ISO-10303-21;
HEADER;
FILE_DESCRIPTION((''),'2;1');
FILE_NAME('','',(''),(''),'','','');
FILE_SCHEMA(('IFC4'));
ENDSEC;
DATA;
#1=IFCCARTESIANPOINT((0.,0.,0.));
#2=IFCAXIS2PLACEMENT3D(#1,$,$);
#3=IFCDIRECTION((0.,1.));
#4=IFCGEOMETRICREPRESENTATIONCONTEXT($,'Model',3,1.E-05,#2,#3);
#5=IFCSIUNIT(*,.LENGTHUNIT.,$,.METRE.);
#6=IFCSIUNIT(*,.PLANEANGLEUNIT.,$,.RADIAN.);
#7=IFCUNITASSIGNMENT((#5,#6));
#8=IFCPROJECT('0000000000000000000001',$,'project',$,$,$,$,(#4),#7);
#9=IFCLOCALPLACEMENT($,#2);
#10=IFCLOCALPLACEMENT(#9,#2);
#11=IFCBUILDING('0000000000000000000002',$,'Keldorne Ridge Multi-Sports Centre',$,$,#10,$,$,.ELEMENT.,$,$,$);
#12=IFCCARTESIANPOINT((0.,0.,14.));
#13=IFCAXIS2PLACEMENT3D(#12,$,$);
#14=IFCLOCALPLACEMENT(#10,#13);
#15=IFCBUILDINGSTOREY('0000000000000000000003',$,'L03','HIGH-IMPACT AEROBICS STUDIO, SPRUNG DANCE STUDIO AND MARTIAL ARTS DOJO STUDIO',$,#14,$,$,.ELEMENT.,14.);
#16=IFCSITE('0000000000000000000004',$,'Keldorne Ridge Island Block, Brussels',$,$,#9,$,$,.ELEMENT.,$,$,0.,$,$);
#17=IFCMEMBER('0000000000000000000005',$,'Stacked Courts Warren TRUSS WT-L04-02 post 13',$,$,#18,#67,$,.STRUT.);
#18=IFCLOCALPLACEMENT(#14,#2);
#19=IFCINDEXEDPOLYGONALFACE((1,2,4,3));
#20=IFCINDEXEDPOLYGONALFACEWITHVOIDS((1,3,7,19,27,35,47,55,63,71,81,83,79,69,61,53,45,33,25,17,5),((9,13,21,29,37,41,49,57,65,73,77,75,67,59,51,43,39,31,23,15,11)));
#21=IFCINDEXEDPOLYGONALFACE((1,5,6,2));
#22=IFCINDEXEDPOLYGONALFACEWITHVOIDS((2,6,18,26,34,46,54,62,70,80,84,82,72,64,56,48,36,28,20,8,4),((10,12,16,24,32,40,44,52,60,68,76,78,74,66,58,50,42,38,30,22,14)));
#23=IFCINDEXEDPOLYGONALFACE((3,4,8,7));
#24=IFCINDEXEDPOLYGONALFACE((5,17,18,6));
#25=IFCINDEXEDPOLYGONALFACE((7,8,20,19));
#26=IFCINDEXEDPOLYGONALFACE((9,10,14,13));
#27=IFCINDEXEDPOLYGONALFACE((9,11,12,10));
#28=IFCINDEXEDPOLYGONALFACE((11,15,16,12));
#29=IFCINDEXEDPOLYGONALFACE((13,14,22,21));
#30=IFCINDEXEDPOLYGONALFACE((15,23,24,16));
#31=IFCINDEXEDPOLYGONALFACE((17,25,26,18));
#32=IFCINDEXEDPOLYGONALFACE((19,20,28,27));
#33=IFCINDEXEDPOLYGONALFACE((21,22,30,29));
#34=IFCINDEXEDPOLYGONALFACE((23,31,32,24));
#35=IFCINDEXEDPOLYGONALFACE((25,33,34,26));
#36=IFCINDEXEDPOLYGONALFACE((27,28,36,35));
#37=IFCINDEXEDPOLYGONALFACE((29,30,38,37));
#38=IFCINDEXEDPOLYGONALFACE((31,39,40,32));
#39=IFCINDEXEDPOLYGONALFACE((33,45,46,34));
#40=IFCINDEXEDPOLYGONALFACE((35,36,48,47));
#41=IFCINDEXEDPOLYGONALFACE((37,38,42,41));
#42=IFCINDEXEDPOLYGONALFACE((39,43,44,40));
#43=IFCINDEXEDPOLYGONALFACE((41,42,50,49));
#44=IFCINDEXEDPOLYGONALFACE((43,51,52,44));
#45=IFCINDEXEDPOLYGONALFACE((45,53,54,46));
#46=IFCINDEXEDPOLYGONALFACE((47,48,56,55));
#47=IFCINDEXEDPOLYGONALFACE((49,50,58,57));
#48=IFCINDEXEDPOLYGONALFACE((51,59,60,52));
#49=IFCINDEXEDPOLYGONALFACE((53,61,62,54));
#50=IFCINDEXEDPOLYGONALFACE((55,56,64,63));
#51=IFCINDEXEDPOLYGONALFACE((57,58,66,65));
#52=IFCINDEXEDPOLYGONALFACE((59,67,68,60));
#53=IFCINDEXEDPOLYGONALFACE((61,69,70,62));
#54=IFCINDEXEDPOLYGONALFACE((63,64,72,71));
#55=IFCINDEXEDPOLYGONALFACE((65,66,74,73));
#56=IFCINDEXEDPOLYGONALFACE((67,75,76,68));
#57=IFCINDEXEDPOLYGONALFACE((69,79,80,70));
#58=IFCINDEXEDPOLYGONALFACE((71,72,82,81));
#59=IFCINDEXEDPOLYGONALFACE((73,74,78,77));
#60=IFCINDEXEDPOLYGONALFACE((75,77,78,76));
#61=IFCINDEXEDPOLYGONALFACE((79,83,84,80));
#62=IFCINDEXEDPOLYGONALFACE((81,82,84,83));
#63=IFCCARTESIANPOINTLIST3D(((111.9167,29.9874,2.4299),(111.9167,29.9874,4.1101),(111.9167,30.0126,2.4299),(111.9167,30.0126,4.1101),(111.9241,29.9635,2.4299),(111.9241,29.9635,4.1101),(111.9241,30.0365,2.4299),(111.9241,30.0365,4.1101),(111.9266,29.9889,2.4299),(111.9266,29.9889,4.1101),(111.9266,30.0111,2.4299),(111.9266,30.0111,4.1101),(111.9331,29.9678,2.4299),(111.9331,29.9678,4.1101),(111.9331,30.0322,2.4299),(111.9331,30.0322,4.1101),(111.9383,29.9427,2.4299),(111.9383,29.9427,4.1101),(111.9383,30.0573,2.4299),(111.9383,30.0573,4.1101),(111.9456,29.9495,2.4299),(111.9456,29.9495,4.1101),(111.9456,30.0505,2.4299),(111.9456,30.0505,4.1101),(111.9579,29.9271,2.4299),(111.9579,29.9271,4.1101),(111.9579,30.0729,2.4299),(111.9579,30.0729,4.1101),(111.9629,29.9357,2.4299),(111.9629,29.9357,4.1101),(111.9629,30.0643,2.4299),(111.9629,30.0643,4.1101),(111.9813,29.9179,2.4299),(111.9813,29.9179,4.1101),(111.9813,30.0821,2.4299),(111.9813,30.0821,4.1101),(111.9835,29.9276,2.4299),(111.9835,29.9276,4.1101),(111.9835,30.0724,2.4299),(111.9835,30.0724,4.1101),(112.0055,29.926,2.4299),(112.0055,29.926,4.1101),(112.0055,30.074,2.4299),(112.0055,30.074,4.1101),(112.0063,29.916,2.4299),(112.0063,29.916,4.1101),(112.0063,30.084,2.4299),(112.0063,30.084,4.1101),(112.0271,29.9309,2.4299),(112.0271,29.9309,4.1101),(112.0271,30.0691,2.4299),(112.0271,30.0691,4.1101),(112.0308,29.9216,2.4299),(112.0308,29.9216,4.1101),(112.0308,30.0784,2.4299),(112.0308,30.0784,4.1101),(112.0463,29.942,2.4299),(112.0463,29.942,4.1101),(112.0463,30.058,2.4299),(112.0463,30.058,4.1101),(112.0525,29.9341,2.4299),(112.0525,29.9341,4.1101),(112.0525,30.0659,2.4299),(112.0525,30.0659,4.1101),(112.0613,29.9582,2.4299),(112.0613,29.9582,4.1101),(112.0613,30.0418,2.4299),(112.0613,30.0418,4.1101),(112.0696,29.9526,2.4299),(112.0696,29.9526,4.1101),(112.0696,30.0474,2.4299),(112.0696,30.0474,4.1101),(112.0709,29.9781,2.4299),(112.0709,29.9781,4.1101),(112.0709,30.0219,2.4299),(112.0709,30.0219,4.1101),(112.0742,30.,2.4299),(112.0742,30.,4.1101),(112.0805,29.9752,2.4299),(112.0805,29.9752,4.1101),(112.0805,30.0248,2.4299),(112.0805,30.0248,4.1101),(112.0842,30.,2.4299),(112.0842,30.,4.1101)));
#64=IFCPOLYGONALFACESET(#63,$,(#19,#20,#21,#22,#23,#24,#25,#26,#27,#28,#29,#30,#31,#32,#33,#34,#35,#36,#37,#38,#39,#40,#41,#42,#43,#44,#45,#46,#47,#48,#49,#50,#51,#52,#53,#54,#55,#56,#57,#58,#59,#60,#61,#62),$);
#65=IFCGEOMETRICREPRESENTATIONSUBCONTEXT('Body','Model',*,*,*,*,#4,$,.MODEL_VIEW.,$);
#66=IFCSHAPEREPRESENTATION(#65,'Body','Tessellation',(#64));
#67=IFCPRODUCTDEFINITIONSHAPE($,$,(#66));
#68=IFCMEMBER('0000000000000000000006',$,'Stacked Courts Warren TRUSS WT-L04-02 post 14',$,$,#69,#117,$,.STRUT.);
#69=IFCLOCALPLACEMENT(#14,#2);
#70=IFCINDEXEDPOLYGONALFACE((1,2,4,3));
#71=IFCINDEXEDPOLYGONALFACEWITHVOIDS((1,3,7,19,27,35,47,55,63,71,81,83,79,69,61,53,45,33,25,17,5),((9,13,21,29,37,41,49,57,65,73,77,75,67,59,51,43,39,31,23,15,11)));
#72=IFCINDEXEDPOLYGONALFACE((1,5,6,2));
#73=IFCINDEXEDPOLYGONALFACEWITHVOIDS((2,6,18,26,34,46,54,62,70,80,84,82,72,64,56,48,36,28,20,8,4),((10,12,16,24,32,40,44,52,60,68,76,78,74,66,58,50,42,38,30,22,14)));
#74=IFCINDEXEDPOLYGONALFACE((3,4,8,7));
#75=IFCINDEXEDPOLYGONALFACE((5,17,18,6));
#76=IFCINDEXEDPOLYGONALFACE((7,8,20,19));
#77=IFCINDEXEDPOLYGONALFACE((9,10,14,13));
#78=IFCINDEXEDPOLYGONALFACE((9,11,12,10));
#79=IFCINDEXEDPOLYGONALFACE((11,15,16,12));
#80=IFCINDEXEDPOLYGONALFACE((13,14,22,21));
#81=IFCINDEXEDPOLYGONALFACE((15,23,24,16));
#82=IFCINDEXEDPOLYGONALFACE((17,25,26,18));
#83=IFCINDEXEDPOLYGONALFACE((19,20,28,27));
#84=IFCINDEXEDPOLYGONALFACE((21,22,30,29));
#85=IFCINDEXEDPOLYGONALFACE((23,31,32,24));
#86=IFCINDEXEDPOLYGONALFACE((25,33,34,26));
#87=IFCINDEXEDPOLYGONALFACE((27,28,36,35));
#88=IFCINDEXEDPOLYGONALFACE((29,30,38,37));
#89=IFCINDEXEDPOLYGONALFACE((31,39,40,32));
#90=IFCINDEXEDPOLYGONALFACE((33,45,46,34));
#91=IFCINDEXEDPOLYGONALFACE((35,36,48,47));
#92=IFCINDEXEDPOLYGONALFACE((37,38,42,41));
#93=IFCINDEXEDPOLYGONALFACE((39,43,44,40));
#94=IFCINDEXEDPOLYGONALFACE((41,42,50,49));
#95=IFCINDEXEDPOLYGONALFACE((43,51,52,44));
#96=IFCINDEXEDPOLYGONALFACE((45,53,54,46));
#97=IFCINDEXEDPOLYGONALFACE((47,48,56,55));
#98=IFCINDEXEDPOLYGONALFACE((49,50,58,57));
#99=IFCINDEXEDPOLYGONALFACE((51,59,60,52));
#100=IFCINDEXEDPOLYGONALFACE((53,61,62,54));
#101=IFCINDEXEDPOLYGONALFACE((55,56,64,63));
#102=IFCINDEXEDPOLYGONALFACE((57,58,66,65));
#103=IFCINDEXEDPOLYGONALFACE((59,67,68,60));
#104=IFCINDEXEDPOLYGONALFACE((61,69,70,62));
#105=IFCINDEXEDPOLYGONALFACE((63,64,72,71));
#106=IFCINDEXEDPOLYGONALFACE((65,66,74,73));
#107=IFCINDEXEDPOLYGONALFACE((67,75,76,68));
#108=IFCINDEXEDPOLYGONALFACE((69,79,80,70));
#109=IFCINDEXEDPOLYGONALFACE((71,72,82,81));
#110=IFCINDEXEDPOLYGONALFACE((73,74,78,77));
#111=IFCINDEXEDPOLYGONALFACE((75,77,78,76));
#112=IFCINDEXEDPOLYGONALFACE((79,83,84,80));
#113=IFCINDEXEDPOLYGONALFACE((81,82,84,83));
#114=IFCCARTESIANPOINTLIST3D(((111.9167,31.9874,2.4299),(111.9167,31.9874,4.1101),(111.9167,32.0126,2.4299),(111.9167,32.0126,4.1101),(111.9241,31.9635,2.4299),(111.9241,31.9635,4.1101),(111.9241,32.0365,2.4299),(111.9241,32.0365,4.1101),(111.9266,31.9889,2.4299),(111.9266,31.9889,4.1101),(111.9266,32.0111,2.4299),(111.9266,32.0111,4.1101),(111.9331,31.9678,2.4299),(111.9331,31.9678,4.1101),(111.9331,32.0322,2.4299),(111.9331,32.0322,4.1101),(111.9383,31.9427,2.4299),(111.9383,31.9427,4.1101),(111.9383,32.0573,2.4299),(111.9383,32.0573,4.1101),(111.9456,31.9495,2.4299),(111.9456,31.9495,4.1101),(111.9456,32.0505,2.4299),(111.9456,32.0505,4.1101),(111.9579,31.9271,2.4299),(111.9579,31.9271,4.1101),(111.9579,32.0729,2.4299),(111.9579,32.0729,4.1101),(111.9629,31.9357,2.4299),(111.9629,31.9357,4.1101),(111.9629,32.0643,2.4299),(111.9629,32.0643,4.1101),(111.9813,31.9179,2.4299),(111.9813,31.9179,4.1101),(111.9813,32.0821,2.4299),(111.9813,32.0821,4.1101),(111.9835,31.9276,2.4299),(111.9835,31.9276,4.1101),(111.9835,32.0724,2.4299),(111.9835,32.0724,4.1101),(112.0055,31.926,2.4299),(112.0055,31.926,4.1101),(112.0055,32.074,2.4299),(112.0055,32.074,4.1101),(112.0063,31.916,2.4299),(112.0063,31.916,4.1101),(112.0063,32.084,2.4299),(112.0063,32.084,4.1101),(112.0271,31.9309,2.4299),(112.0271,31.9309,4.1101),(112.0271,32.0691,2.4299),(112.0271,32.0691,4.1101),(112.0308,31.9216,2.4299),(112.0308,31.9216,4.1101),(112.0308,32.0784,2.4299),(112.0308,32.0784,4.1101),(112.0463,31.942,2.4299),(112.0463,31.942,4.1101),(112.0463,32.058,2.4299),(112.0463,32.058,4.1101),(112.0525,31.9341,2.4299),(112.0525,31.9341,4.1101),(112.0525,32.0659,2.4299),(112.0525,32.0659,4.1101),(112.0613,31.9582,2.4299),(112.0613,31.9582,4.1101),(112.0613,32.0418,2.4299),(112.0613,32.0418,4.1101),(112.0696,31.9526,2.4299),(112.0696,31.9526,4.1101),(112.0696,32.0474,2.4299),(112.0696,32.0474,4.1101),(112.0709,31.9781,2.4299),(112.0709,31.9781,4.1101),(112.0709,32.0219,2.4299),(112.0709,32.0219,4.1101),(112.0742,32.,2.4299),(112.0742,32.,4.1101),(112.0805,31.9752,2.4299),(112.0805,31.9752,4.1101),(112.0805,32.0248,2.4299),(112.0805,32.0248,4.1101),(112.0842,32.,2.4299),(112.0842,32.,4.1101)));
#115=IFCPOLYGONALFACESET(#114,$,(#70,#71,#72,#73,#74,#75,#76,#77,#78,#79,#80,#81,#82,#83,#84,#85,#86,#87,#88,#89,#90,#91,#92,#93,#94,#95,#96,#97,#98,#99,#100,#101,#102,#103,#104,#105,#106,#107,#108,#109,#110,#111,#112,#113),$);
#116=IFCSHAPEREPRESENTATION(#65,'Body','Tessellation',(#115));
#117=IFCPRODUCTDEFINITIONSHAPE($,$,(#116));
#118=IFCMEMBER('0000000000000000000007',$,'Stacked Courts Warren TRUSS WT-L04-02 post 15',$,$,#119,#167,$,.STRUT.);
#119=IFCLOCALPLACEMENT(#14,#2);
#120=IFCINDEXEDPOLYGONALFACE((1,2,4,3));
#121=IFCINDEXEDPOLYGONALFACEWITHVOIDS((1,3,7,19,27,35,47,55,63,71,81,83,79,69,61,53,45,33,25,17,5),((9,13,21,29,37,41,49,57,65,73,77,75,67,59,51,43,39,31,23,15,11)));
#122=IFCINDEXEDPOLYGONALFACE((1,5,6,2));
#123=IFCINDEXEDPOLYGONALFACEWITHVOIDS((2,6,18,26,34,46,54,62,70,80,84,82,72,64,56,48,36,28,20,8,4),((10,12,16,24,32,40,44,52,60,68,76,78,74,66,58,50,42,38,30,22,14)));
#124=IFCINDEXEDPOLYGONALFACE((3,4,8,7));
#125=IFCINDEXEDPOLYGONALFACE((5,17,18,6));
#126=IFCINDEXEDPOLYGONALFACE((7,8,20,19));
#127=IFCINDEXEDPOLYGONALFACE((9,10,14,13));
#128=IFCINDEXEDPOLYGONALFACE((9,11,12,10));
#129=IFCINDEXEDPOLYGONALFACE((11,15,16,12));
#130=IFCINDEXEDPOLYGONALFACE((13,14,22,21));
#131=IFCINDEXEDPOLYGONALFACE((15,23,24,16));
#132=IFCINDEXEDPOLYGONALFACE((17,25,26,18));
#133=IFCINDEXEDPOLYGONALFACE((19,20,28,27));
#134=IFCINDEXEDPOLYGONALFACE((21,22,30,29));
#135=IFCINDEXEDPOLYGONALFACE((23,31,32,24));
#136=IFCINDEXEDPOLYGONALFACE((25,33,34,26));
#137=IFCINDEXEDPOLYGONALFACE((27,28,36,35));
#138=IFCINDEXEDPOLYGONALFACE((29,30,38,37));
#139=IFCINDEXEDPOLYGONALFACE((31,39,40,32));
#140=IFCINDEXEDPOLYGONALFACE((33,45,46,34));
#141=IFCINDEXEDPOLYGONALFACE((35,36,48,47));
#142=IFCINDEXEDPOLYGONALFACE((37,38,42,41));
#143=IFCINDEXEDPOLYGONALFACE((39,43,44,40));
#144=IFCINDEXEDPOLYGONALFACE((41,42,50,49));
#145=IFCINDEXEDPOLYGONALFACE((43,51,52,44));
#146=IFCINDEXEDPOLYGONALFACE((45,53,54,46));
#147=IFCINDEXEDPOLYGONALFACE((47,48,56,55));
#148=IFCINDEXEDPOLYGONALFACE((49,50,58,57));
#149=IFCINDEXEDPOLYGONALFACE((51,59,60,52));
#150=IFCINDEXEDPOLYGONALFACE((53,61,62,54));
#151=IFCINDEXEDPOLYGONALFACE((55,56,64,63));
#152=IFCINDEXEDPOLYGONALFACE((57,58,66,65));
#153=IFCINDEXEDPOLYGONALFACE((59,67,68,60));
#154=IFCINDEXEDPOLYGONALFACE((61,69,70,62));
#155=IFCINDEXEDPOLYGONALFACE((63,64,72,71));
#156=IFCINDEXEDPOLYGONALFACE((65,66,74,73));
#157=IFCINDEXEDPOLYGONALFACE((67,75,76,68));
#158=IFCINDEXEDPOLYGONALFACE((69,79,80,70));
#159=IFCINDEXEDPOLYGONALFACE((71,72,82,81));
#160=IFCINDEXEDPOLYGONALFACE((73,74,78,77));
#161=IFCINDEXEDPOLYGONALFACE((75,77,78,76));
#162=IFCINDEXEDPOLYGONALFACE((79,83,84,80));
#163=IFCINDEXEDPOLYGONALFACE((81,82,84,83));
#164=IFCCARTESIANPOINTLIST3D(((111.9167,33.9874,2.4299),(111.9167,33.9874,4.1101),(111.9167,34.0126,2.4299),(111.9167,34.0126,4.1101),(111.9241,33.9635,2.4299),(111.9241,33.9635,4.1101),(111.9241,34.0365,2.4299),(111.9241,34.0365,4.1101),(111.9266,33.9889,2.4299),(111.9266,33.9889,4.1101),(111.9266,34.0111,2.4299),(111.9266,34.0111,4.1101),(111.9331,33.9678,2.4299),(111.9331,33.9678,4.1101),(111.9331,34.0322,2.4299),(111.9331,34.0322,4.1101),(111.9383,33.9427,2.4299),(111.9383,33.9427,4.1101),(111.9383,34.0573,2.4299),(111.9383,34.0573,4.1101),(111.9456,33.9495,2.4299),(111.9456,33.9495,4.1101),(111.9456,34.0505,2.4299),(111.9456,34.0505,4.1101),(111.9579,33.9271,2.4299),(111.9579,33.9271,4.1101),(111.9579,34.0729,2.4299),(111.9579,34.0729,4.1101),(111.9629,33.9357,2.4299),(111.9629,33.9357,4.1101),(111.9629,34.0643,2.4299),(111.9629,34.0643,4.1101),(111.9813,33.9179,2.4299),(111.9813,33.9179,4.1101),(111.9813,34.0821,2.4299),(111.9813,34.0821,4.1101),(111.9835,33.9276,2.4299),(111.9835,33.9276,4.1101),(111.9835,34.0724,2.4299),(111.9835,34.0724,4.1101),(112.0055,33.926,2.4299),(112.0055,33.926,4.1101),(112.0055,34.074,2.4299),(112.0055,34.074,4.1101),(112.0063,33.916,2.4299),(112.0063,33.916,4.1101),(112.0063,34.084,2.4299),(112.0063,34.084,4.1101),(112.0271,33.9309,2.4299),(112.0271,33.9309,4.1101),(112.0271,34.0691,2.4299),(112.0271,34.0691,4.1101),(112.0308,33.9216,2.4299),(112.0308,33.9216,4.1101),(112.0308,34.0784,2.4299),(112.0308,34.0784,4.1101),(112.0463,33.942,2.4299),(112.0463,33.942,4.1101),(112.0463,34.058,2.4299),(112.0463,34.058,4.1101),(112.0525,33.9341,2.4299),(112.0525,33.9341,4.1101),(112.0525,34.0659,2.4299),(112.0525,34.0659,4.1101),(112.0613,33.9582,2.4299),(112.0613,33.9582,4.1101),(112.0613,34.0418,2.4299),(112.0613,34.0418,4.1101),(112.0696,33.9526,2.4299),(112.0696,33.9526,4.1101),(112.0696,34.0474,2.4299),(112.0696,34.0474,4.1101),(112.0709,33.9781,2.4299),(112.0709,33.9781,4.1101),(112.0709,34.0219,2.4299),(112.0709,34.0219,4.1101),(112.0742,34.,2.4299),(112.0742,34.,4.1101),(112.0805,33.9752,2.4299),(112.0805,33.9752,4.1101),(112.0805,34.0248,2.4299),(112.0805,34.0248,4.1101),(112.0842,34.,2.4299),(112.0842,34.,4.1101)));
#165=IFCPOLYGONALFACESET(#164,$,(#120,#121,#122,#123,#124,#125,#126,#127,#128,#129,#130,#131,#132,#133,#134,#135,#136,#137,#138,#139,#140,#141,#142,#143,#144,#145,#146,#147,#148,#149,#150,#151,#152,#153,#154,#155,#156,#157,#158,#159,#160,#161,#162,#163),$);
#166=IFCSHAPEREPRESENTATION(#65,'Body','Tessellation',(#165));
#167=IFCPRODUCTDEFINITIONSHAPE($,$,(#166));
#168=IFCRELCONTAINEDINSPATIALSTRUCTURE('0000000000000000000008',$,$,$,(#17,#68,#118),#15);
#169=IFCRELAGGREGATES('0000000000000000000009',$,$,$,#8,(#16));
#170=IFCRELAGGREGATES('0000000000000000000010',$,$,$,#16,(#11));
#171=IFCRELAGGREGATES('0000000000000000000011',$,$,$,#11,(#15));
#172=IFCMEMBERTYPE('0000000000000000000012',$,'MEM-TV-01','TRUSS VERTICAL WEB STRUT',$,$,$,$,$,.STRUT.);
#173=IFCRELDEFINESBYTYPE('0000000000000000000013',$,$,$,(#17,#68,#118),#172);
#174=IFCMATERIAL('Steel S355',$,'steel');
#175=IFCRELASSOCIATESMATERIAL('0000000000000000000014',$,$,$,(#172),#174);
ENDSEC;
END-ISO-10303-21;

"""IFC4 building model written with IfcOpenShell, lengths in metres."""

from ifc_helpers import new_model, si_unit, direction, frame, origin, origin_2d, place, context, subcontext, project, spatial, hollow_circle, extrude, material, material_profile, profile_set, type_object, element, save


model = new_model("IFC4")

# Units and contexts
model_context = context("Model", 3, precision=1e-05, world=origin(), true_north=direction((0.0, 1.0)))
body_context = subcontext(model_context, "Body", "Model", "MODEL_VIEW")
ifc_project = project(units=[si_unit("LENGTHUNIT", "METRE"), si_unit("PLANEANGLEUNIT", "RADIAN")], contexts=[model_context])

# Site, building, storey
site_placement = place(None, origin())
site = spatial("IfcSite", under=ifc_project, at=site_placement, Name="Keldorne Ridge Island Block, Brussels", CompositionType="ELEMENT", RefElevation=0.0)
building_placement = place(site_placement, origin())
building = spatial("IfcBuilding", under=site, at=building_placement, Name="Keldorne Ridge Multi-Sports Centre", CompositionType="ELEMENT")
storey_placement = place(building_placement, frame((0.0, 0.0, 14.0)))
storey = spatial("IfcBuildingStorey", under=building, at=storey_placement, Name="L03", Description="HIGH-IMPACT AEROBICS STUDIO, SPRUNG DANCE STUDIO AND MARTIAL ARTS DOJO STUDIO", CompositionType="ELEMENT", Elevation=14.0)

# Shared definitions
ifc_material_1 = material(Name="Steel S355", Category="steel")

# Members
ifc_material_profile_1 = material_profile(ifc_material_1, hollow_circle(Radius=0.0842, WallThickness=0.01, at=origin_2d()), Name="CHS 168.3x10")
ifc_profile_set_1 = profile_set([ifc_material_profile_1], Name="Steel S355")
member_type_1 = type_object("IfcMemberType", Name="MEM-TV-01", Description="TRUSS VERTICAL WEB STRUT", PredefinedType="STRUT", material=ifc_profile_set_1)
for number, where, z_axis, x_axis, name in (
    (1, (112.0, 30.0, 2.4299), (0.0, 0.0, 1.0), (1.0, 0.0, 0.0), "Stacked Courts Warren TRUSS WT-L04-02 post 13"),
    (2, (112.0, 32.0, 2.4299), (0.0, 0.0, 1.0), (1.0, 0.0, 0.0), "Stacked Courts Warren TRUSS WT-L04-02 post 14"),
    (3, (112.0, 34.0, 2.4299), (0.0, 0.0, 1.0), (1.0, 0.0, 0.0), "Stacked Courts Warren TRUSS WT-L04-02 post 15"),
):
    element("IfcMember", number, at=place(storey_placement, frame(where, z_axis=z_axis, x_axis=x_axis)), inside=storey, type_object=member_type_1, Name=name, PredefinedType="STRUT", context=body_context, shape_type="SweptSolid", body=[
        extrude(hollow_circle(Radius=0.0842, WallThickness=0.01, at=origin_2d()), origin(), (0.0, 0.0, 1.0), 1.6802),
    ])

save(model, "model.ifc")
